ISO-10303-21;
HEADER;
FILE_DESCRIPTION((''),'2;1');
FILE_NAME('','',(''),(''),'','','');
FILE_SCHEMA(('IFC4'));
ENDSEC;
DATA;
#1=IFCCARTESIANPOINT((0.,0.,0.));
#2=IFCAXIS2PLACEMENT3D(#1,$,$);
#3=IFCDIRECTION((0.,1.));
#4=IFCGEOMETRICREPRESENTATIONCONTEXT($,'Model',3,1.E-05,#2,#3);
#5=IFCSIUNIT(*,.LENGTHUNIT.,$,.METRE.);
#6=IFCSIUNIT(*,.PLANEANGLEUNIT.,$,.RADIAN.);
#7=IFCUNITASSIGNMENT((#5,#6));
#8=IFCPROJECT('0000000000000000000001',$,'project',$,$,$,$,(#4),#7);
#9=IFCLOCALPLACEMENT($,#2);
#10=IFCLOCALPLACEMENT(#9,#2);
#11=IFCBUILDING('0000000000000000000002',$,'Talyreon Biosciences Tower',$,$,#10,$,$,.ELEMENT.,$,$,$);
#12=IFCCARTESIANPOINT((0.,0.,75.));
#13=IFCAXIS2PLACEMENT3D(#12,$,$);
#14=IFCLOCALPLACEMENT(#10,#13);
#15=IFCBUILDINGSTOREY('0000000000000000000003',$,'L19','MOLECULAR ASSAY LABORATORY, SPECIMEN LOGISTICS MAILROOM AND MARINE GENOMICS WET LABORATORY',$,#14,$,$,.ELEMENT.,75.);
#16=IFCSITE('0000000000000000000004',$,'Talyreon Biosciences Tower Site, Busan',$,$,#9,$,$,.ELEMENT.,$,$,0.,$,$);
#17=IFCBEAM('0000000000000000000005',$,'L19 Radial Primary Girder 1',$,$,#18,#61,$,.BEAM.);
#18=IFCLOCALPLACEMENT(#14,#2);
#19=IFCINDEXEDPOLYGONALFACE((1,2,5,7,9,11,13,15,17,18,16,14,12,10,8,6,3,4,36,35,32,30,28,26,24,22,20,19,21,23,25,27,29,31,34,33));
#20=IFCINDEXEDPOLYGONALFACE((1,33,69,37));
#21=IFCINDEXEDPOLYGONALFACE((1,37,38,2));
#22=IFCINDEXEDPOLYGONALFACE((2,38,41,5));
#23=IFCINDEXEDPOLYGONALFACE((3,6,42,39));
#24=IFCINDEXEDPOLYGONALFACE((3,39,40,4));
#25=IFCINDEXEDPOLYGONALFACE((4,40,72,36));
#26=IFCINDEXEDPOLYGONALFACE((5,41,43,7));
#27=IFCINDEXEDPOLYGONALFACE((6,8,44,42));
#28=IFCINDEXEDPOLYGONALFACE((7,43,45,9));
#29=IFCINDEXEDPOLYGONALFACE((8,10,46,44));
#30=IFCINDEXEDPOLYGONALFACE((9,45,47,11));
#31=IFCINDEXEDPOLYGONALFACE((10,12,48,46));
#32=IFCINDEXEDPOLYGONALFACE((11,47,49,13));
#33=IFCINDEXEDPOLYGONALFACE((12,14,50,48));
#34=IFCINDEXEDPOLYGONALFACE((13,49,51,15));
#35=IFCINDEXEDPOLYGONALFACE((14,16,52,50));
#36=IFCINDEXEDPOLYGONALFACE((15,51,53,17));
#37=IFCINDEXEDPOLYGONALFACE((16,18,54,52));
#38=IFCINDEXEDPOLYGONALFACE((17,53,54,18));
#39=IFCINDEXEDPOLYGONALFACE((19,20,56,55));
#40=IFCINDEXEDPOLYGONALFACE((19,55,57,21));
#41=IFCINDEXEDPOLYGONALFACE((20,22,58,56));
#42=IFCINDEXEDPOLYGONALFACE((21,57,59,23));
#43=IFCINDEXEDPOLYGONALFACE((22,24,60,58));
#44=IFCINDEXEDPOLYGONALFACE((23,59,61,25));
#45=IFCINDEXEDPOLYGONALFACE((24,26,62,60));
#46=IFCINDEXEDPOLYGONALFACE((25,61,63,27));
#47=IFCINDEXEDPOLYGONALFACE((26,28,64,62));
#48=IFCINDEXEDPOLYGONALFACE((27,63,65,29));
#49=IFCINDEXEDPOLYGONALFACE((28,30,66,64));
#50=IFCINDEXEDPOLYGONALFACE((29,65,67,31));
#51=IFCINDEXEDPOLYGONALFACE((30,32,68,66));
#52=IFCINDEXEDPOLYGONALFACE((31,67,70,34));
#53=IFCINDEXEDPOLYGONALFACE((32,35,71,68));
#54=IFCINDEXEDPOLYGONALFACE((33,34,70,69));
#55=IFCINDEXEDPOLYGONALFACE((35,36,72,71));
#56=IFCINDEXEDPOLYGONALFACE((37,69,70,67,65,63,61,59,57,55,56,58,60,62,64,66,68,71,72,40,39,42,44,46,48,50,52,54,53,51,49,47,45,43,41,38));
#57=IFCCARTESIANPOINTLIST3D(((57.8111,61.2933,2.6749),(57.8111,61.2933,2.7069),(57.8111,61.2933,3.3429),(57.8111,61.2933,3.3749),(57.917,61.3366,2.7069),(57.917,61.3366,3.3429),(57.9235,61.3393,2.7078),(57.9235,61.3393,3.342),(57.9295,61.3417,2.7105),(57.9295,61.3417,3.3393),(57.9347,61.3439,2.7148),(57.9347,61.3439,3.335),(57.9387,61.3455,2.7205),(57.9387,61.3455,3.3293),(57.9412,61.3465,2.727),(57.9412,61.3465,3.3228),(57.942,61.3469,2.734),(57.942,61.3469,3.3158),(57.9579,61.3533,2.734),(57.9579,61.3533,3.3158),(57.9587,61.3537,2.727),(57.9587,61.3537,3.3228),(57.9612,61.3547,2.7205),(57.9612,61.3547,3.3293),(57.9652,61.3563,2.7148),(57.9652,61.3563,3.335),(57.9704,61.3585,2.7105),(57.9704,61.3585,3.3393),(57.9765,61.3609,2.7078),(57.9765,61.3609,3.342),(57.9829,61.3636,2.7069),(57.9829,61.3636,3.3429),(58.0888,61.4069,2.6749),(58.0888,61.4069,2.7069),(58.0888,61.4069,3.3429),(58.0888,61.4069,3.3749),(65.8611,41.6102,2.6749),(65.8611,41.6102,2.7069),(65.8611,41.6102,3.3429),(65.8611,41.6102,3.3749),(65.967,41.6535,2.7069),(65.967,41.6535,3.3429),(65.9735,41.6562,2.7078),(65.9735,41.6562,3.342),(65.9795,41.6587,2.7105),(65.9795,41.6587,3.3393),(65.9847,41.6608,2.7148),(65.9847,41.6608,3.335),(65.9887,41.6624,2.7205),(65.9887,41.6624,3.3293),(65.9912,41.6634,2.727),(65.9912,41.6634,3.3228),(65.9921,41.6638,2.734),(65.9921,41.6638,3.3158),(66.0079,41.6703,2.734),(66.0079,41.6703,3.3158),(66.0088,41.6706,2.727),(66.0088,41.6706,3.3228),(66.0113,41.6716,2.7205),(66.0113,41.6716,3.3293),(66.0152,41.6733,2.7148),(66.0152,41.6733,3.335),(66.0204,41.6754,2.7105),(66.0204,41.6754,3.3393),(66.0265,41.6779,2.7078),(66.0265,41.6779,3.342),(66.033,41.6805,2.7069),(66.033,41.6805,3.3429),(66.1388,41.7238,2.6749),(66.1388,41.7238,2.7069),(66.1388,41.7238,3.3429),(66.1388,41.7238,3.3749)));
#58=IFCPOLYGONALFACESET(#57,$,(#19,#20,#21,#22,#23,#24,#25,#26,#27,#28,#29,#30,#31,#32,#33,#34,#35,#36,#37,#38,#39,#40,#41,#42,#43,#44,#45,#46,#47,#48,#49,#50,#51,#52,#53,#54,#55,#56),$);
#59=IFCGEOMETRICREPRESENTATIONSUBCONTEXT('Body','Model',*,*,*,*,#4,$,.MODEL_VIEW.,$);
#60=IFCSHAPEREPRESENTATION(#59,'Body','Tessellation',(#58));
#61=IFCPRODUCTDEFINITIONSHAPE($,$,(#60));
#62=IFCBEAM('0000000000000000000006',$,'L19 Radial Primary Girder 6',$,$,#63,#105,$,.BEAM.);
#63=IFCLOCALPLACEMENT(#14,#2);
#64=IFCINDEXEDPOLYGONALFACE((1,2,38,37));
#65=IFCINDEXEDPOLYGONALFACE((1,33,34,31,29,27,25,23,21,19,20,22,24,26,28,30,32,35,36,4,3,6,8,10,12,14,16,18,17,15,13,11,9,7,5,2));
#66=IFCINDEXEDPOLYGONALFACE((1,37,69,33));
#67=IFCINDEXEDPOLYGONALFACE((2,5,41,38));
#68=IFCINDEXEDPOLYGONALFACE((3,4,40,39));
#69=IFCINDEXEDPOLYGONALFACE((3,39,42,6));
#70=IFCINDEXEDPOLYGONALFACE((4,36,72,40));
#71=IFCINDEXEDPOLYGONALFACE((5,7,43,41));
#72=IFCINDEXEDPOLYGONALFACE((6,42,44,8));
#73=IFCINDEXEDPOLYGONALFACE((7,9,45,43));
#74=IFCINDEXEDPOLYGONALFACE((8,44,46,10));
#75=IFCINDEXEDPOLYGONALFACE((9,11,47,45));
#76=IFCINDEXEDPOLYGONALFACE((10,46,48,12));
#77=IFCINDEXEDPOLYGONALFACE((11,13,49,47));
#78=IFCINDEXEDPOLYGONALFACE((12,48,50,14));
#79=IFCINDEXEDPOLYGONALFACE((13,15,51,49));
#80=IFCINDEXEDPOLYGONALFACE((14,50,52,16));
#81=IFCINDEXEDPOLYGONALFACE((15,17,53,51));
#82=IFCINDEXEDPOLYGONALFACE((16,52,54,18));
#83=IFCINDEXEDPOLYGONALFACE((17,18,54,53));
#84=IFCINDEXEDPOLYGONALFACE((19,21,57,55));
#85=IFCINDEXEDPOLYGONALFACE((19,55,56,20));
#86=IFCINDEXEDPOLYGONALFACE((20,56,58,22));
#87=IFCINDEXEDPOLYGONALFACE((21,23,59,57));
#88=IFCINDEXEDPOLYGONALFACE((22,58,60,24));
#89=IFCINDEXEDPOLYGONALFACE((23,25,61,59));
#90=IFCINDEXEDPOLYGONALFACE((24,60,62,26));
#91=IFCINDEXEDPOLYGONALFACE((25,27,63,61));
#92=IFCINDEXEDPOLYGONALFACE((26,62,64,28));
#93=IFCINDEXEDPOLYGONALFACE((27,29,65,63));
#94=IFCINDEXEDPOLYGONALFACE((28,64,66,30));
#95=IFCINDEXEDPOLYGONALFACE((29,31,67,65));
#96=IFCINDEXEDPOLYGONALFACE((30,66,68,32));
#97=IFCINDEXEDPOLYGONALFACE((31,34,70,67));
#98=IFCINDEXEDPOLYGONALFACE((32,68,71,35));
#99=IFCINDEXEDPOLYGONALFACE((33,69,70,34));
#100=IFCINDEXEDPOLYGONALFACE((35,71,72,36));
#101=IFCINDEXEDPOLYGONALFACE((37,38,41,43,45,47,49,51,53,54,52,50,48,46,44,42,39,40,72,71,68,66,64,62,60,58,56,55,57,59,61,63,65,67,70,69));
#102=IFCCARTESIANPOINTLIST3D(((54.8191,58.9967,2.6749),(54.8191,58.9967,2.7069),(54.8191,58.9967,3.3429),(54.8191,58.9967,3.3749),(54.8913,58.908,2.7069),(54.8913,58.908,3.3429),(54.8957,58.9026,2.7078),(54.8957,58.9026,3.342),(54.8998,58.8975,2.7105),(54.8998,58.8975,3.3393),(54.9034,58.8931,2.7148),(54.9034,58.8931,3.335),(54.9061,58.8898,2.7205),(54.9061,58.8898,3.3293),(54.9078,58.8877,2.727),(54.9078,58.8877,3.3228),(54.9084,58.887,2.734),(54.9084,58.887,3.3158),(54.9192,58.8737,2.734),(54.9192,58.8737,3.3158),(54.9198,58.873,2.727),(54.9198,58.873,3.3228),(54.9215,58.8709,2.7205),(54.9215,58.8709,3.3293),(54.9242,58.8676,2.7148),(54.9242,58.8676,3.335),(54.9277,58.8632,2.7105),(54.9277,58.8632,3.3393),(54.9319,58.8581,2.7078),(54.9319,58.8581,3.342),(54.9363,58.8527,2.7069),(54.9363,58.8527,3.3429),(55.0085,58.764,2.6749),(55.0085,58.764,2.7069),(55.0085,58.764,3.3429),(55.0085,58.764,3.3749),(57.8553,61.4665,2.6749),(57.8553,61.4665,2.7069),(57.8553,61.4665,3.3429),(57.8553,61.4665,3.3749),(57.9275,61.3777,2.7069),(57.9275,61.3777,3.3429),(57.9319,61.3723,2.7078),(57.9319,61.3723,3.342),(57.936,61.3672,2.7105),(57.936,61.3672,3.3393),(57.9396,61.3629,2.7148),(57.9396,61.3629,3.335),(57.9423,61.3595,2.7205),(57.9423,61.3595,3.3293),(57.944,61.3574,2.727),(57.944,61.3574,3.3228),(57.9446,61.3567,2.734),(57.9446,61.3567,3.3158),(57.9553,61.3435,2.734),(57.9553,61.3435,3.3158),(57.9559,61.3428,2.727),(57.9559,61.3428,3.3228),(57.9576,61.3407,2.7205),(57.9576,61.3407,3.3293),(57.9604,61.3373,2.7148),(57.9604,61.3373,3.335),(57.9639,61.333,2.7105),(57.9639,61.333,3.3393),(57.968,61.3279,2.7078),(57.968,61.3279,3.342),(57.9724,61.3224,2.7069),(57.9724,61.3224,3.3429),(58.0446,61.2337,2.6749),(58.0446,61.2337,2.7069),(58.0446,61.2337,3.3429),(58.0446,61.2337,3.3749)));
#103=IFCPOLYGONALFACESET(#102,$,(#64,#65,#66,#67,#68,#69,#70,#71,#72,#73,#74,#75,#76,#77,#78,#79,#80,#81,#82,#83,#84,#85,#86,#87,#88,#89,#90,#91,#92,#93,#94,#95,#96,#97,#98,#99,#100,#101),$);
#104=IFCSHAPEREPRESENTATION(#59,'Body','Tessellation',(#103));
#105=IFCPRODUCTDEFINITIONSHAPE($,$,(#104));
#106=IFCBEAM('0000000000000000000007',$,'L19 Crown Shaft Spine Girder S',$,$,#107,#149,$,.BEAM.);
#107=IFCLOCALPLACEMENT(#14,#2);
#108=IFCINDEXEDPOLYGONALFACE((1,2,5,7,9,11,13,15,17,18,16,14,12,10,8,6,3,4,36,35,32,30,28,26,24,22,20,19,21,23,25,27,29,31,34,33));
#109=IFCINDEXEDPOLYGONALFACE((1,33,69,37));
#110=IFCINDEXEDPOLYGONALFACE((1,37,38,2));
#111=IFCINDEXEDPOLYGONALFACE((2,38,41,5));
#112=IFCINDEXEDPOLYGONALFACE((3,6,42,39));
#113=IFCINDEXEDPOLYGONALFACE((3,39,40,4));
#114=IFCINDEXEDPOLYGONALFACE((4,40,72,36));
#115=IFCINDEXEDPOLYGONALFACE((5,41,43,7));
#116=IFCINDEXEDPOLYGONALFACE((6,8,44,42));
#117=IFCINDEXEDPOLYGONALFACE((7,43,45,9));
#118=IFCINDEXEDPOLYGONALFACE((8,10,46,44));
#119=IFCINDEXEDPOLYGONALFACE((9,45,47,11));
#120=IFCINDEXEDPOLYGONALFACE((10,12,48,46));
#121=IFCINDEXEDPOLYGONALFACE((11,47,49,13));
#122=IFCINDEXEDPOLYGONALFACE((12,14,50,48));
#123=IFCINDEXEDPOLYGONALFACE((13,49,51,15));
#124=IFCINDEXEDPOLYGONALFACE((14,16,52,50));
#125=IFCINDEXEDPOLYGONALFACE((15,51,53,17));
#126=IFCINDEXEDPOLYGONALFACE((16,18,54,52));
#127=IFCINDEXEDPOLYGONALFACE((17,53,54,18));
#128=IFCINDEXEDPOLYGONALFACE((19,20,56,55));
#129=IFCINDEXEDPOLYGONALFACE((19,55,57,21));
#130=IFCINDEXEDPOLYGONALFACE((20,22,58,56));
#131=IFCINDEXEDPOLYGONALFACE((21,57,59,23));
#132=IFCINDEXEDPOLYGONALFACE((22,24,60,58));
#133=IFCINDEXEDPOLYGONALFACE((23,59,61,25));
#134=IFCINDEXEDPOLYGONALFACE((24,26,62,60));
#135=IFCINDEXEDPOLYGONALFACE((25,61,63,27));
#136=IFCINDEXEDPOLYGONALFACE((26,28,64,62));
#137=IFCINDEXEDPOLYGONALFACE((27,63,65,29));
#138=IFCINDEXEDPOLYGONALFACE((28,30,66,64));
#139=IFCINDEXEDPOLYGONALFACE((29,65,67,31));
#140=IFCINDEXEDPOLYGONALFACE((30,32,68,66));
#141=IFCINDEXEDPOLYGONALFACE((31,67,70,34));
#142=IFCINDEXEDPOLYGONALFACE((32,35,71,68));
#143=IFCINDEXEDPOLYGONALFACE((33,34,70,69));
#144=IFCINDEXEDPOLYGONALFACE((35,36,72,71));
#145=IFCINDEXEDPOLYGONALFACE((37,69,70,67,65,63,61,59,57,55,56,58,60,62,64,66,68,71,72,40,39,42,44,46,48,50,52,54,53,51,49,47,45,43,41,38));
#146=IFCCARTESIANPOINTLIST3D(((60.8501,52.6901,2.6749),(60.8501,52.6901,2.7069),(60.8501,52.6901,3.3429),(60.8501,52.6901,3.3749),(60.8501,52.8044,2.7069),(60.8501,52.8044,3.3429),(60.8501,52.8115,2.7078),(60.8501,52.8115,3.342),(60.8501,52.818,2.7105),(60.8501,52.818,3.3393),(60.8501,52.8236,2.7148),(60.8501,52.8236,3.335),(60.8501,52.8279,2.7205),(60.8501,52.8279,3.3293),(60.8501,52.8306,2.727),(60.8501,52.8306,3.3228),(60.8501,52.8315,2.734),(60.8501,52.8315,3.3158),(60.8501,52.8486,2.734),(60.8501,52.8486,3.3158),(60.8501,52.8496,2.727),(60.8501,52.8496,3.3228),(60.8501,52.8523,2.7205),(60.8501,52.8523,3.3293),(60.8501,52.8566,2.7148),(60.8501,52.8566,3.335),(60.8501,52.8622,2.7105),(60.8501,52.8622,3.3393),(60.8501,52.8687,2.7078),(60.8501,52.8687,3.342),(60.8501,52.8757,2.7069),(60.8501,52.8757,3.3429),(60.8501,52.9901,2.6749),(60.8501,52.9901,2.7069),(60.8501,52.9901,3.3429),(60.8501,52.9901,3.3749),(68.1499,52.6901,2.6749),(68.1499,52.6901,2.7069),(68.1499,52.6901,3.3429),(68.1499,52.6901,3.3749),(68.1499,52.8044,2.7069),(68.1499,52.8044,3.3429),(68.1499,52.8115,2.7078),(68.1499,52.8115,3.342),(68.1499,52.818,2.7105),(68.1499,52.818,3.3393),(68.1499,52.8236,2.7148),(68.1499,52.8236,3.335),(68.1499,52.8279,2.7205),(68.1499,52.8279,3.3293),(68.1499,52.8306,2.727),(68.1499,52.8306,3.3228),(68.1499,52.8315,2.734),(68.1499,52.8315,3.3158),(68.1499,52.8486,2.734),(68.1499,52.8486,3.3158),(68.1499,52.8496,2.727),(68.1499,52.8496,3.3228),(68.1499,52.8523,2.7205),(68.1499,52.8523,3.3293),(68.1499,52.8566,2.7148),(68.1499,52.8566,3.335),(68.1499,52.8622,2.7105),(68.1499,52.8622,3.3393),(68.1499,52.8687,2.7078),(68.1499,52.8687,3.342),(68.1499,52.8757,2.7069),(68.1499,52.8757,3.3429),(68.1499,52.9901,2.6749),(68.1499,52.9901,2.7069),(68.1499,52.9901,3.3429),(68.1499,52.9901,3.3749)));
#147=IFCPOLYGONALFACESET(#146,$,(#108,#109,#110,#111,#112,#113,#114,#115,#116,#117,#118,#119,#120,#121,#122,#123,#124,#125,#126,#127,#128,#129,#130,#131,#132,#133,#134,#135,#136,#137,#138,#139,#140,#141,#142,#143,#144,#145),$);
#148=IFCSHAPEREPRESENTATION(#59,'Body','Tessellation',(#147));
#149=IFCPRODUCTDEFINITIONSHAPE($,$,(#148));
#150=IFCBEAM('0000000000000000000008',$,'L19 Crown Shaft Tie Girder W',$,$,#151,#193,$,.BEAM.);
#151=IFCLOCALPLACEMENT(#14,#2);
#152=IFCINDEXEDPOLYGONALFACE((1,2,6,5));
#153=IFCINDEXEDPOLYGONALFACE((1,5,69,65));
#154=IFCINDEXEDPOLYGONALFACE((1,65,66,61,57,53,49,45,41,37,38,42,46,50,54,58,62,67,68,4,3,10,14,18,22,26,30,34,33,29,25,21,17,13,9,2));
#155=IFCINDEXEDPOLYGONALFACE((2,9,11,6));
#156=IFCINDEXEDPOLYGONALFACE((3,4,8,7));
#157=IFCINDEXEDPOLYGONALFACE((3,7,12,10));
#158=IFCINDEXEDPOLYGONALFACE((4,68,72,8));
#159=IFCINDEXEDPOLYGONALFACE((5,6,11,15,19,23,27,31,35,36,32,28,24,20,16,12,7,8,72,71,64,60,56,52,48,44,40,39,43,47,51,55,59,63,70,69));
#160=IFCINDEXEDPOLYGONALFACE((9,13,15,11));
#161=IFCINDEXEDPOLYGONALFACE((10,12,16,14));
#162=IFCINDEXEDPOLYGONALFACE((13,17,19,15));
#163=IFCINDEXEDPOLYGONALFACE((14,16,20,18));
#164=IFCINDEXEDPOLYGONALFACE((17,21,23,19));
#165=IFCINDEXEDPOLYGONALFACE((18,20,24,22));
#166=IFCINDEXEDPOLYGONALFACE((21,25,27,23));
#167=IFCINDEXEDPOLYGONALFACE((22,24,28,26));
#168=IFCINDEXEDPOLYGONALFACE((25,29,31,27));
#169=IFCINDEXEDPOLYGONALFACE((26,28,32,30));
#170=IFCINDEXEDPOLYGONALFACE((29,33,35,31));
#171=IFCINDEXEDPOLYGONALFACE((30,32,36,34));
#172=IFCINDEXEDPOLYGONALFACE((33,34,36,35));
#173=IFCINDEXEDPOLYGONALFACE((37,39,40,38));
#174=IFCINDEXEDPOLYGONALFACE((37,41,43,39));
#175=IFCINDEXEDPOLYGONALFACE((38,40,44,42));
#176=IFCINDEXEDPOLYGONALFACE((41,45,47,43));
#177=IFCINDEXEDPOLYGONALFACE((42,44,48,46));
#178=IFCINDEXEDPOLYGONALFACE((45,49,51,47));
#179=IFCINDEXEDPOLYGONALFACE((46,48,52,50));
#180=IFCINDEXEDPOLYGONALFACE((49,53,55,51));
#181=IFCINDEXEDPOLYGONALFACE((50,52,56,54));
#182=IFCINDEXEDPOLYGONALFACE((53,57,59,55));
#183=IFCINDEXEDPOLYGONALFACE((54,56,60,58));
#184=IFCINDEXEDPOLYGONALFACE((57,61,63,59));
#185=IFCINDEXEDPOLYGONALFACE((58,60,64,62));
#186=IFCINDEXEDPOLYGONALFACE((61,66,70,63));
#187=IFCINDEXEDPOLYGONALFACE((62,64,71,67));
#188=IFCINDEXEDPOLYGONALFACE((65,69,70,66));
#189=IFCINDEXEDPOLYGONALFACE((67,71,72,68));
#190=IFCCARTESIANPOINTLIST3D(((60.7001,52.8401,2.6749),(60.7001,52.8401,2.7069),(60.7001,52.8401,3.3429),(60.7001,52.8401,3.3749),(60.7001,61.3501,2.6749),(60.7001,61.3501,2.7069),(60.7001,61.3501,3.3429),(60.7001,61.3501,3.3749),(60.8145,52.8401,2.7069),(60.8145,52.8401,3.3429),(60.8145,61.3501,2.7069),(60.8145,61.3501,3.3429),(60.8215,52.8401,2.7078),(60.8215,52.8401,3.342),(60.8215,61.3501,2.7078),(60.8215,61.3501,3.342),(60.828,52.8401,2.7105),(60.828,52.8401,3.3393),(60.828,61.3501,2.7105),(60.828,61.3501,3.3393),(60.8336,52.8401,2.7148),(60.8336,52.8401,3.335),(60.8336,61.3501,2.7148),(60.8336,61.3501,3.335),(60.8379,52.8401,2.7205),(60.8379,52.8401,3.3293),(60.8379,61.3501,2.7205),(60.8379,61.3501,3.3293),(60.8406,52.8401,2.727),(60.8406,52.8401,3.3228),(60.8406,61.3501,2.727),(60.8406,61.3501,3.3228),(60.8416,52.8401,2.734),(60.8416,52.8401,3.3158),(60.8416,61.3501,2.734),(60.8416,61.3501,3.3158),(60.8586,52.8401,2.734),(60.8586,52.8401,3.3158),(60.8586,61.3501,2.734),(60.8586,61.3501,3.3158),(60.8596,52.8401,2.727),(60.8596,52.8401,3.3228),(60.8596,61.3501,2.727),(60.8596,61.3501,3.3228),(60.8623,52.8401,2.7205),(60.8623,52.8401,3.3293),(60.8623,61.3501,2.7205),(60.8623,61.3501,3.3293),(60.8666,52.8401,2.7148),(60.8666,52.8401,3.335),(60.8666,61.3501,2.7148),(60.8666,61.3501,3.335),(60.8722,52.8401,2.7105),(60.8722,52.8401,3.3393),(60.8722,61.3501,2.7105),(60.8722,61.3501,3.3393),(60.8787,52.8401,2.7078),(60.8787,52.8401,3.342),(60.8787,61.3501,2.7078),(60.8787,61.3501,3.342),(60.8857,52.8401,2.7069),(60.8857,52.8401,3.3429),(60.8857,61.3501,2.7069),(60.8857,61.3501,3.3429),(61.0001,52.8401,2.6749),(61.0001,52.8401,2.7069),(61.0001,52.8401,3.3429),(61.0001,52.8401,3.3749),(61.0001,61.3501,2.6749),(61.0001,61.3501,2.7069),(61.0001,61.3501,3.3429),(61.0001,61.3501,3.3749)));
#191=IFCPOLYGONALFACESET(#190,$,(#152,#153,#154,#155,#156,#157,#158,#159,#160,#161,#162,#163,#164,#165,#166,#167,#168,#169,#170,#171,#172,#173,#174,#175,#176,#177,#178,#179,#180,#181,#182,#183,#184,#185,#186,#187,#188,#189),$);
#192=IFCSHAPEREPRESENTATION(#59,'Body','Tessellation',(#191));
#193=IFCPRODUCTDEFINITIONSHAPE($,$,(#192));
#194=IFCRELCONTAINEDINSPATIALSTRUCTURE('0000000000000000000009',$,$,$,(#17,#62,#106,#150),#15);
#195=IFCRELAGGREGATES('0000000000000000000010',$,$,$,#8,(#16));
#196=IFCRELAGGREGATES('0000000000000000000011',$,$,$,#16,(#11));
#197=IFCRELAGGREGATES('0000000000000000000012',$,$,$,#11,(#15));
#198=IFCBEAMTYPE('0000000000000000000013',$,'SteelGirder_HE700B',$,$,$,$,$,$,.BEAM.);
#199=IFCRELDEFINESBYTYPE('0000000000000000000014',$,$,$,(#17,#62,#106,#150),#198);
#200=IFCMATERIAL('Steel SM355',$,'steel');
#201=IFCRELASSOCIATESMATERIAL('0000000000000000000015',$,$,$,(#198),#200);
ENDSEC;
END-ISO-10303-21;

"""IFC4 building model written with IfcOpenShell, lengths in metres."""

from ifc_helpers import new_model, si_unit, direction, frame, origin, origin_2d, place, context, subcontext, project, spatial, i_section, extrude, material, material_profile, profile_set, type_object, element, save


model = new_model("IFC4")

# Units and contexts
model_context = context("Model", 3, precision=1e-05, world=origin(), true_north=direction((0.0, 1.0)))
body_context = subcontext(model_context, "Body", "Model", "MODEL_VIEW")
ifc_project = project(units=[si_unit("LENGTHUNIT", "METRE"), si_unit("PLANEANGLEUNIT", "RADIAN")], contexts=[model_context])

# Site, building, storey
site_placement = place(None, origin())
site = spatial("IfcSite", under=ifc_project, at=site_placement, Name="Talyreon Biosciences Tower Site, Busan", CompositionType="ELEMENT", RefElevation=0.0)
building_placement = place(site_placement, origin())
building = spatial("IfcBuilding", under=site, at=building_placement, Name="Talyreon Biosciences Tower", CompositionType="ELEMENT")
storey_placement = place(building_placement, frame((0.0, 0.0, 75.0)))
storey = spatial("IfcBuildingStorey", under=building, at=storey_placement, Name="L19", Description="MOLECULAR ASSAY LABORATORY, SPECIMEN LOGISTICS MAILROOM AND MARINE GENOMICS WET LABORATORY", CompositionType="ELEMENT", Elevation=75.0)

# Beams
ifc_material_1 = material(Name="Steel SM355", Category="steel")
ifc_material_profile_1 = material_profile(ifc_material_1, i_section(OverallWidth=0.3, OverallDepth=0.7, WebThickness=0.0171, FlangeThickness=0.032, FilletRadius=0.0271, at=origin_2d()), Name="HE700B")
ifc_profile_set_1 = profile_set([ifc_material_profile_1], Name="Steel SM355")
beam_type_1 = type_object("IfcBeamType", Name="SteelGirder_HE700B", PredefinedType="BEAM", material=ifc_profile_set_1)
beam_1_placement = place(storey_placement, frame((57.95, 61.3501, 3.0249), z_axis=(0.378547, -0.925582, 0.0), x_axis=(0.925582, 0.378547, 0.0)))
element("IfcBeam", 1, at=beam_1_placement, inside=storey, type_object=beam_type_1, Name="L19 Radial Primary Girder 1", PredefinedType="BEAM", context=body_context, shape_type="SweptSolid", body=[
    extrude(i_section(OverallWidth=0.3, OverallDepth=0.7, WebThickness=0.0171, FlangeThickness=0.032, FilletRadius=0.0271, at=origin_2d()), origin(), (0.0, 0.0, 1.0), 21.2656),
])
beam_2_placement = place(storey_placement, frame((57.95, 61.3501, 3.0249), z_axis=(-0.775755, -0.631034, 0.0), x_axis=(0.631034, -0.775755, 0.0)))
element("IfcBeam", 2, at=beam_2_placement, inside=storey, type_object=beam_type_1, Name="L19 Radial Primary Girder 6", PredefinedType="BEAM", context=body_context, shape_type="SweptSolid", body=[
    extrude(i_section(OverallWidth=0.3, OverallDepth=0.7, WebThickness=0.0171, FlangeThickness=0.032, FilletRadius=0.0271, at=origin_2d()), origin(), (0.0, 0.0, 1.0), 3.9138),
])
beam_3_placement = place(storey_placement, frame((60.8501, 52.8401, 3.0249), z_axis=(1.0, 0.0, 0.0), x_axis=(0.0, 1.0, 0.0)))
element("IfcBeam", 3, at=beam_3_placement, inside=storey, type_object=beam_type_1, Name="L19 Crown Shaft Spine Girder S", PredefinedType="BEAM", context=body_context, shape_type="SweptSolid", body=[
    extrude(i_section(OverallWidth=0.3, OverallDepth=0.7, WebThickness=0.0171, FlangeThickness=0.032, FilletRadius=0.0271, at=origin_2d()), origin(), (0.0, 0.0, 1.0), 7.2998),
])
beam_4_placement = place(storey_placement, frame((60.8501, 52.8401, 3.0249), z_axis=(0.0, 1.0, 0.0), x_axis=(-1.0, 0.0, 0.0)))
element("IfcBeam", 4, at=beam_4_placement, inside=storey, type_object=beam_type_1, Name="L19 Crown Shaft Tie Girder W", PredefinedType="BEAM", context=body_context, shape_type="SweptSolid", body=[
    extrude(i_section(OverallWidth=0.3, OverallDepth=0.7, WebThickness=0.0171, FlangeThickness=0.032, FilletRadius=0.0271, at=origin_2d()), origin(), (0.0, 0.0, 1.0), 8.51),
])

save(model, "model.ifc")
